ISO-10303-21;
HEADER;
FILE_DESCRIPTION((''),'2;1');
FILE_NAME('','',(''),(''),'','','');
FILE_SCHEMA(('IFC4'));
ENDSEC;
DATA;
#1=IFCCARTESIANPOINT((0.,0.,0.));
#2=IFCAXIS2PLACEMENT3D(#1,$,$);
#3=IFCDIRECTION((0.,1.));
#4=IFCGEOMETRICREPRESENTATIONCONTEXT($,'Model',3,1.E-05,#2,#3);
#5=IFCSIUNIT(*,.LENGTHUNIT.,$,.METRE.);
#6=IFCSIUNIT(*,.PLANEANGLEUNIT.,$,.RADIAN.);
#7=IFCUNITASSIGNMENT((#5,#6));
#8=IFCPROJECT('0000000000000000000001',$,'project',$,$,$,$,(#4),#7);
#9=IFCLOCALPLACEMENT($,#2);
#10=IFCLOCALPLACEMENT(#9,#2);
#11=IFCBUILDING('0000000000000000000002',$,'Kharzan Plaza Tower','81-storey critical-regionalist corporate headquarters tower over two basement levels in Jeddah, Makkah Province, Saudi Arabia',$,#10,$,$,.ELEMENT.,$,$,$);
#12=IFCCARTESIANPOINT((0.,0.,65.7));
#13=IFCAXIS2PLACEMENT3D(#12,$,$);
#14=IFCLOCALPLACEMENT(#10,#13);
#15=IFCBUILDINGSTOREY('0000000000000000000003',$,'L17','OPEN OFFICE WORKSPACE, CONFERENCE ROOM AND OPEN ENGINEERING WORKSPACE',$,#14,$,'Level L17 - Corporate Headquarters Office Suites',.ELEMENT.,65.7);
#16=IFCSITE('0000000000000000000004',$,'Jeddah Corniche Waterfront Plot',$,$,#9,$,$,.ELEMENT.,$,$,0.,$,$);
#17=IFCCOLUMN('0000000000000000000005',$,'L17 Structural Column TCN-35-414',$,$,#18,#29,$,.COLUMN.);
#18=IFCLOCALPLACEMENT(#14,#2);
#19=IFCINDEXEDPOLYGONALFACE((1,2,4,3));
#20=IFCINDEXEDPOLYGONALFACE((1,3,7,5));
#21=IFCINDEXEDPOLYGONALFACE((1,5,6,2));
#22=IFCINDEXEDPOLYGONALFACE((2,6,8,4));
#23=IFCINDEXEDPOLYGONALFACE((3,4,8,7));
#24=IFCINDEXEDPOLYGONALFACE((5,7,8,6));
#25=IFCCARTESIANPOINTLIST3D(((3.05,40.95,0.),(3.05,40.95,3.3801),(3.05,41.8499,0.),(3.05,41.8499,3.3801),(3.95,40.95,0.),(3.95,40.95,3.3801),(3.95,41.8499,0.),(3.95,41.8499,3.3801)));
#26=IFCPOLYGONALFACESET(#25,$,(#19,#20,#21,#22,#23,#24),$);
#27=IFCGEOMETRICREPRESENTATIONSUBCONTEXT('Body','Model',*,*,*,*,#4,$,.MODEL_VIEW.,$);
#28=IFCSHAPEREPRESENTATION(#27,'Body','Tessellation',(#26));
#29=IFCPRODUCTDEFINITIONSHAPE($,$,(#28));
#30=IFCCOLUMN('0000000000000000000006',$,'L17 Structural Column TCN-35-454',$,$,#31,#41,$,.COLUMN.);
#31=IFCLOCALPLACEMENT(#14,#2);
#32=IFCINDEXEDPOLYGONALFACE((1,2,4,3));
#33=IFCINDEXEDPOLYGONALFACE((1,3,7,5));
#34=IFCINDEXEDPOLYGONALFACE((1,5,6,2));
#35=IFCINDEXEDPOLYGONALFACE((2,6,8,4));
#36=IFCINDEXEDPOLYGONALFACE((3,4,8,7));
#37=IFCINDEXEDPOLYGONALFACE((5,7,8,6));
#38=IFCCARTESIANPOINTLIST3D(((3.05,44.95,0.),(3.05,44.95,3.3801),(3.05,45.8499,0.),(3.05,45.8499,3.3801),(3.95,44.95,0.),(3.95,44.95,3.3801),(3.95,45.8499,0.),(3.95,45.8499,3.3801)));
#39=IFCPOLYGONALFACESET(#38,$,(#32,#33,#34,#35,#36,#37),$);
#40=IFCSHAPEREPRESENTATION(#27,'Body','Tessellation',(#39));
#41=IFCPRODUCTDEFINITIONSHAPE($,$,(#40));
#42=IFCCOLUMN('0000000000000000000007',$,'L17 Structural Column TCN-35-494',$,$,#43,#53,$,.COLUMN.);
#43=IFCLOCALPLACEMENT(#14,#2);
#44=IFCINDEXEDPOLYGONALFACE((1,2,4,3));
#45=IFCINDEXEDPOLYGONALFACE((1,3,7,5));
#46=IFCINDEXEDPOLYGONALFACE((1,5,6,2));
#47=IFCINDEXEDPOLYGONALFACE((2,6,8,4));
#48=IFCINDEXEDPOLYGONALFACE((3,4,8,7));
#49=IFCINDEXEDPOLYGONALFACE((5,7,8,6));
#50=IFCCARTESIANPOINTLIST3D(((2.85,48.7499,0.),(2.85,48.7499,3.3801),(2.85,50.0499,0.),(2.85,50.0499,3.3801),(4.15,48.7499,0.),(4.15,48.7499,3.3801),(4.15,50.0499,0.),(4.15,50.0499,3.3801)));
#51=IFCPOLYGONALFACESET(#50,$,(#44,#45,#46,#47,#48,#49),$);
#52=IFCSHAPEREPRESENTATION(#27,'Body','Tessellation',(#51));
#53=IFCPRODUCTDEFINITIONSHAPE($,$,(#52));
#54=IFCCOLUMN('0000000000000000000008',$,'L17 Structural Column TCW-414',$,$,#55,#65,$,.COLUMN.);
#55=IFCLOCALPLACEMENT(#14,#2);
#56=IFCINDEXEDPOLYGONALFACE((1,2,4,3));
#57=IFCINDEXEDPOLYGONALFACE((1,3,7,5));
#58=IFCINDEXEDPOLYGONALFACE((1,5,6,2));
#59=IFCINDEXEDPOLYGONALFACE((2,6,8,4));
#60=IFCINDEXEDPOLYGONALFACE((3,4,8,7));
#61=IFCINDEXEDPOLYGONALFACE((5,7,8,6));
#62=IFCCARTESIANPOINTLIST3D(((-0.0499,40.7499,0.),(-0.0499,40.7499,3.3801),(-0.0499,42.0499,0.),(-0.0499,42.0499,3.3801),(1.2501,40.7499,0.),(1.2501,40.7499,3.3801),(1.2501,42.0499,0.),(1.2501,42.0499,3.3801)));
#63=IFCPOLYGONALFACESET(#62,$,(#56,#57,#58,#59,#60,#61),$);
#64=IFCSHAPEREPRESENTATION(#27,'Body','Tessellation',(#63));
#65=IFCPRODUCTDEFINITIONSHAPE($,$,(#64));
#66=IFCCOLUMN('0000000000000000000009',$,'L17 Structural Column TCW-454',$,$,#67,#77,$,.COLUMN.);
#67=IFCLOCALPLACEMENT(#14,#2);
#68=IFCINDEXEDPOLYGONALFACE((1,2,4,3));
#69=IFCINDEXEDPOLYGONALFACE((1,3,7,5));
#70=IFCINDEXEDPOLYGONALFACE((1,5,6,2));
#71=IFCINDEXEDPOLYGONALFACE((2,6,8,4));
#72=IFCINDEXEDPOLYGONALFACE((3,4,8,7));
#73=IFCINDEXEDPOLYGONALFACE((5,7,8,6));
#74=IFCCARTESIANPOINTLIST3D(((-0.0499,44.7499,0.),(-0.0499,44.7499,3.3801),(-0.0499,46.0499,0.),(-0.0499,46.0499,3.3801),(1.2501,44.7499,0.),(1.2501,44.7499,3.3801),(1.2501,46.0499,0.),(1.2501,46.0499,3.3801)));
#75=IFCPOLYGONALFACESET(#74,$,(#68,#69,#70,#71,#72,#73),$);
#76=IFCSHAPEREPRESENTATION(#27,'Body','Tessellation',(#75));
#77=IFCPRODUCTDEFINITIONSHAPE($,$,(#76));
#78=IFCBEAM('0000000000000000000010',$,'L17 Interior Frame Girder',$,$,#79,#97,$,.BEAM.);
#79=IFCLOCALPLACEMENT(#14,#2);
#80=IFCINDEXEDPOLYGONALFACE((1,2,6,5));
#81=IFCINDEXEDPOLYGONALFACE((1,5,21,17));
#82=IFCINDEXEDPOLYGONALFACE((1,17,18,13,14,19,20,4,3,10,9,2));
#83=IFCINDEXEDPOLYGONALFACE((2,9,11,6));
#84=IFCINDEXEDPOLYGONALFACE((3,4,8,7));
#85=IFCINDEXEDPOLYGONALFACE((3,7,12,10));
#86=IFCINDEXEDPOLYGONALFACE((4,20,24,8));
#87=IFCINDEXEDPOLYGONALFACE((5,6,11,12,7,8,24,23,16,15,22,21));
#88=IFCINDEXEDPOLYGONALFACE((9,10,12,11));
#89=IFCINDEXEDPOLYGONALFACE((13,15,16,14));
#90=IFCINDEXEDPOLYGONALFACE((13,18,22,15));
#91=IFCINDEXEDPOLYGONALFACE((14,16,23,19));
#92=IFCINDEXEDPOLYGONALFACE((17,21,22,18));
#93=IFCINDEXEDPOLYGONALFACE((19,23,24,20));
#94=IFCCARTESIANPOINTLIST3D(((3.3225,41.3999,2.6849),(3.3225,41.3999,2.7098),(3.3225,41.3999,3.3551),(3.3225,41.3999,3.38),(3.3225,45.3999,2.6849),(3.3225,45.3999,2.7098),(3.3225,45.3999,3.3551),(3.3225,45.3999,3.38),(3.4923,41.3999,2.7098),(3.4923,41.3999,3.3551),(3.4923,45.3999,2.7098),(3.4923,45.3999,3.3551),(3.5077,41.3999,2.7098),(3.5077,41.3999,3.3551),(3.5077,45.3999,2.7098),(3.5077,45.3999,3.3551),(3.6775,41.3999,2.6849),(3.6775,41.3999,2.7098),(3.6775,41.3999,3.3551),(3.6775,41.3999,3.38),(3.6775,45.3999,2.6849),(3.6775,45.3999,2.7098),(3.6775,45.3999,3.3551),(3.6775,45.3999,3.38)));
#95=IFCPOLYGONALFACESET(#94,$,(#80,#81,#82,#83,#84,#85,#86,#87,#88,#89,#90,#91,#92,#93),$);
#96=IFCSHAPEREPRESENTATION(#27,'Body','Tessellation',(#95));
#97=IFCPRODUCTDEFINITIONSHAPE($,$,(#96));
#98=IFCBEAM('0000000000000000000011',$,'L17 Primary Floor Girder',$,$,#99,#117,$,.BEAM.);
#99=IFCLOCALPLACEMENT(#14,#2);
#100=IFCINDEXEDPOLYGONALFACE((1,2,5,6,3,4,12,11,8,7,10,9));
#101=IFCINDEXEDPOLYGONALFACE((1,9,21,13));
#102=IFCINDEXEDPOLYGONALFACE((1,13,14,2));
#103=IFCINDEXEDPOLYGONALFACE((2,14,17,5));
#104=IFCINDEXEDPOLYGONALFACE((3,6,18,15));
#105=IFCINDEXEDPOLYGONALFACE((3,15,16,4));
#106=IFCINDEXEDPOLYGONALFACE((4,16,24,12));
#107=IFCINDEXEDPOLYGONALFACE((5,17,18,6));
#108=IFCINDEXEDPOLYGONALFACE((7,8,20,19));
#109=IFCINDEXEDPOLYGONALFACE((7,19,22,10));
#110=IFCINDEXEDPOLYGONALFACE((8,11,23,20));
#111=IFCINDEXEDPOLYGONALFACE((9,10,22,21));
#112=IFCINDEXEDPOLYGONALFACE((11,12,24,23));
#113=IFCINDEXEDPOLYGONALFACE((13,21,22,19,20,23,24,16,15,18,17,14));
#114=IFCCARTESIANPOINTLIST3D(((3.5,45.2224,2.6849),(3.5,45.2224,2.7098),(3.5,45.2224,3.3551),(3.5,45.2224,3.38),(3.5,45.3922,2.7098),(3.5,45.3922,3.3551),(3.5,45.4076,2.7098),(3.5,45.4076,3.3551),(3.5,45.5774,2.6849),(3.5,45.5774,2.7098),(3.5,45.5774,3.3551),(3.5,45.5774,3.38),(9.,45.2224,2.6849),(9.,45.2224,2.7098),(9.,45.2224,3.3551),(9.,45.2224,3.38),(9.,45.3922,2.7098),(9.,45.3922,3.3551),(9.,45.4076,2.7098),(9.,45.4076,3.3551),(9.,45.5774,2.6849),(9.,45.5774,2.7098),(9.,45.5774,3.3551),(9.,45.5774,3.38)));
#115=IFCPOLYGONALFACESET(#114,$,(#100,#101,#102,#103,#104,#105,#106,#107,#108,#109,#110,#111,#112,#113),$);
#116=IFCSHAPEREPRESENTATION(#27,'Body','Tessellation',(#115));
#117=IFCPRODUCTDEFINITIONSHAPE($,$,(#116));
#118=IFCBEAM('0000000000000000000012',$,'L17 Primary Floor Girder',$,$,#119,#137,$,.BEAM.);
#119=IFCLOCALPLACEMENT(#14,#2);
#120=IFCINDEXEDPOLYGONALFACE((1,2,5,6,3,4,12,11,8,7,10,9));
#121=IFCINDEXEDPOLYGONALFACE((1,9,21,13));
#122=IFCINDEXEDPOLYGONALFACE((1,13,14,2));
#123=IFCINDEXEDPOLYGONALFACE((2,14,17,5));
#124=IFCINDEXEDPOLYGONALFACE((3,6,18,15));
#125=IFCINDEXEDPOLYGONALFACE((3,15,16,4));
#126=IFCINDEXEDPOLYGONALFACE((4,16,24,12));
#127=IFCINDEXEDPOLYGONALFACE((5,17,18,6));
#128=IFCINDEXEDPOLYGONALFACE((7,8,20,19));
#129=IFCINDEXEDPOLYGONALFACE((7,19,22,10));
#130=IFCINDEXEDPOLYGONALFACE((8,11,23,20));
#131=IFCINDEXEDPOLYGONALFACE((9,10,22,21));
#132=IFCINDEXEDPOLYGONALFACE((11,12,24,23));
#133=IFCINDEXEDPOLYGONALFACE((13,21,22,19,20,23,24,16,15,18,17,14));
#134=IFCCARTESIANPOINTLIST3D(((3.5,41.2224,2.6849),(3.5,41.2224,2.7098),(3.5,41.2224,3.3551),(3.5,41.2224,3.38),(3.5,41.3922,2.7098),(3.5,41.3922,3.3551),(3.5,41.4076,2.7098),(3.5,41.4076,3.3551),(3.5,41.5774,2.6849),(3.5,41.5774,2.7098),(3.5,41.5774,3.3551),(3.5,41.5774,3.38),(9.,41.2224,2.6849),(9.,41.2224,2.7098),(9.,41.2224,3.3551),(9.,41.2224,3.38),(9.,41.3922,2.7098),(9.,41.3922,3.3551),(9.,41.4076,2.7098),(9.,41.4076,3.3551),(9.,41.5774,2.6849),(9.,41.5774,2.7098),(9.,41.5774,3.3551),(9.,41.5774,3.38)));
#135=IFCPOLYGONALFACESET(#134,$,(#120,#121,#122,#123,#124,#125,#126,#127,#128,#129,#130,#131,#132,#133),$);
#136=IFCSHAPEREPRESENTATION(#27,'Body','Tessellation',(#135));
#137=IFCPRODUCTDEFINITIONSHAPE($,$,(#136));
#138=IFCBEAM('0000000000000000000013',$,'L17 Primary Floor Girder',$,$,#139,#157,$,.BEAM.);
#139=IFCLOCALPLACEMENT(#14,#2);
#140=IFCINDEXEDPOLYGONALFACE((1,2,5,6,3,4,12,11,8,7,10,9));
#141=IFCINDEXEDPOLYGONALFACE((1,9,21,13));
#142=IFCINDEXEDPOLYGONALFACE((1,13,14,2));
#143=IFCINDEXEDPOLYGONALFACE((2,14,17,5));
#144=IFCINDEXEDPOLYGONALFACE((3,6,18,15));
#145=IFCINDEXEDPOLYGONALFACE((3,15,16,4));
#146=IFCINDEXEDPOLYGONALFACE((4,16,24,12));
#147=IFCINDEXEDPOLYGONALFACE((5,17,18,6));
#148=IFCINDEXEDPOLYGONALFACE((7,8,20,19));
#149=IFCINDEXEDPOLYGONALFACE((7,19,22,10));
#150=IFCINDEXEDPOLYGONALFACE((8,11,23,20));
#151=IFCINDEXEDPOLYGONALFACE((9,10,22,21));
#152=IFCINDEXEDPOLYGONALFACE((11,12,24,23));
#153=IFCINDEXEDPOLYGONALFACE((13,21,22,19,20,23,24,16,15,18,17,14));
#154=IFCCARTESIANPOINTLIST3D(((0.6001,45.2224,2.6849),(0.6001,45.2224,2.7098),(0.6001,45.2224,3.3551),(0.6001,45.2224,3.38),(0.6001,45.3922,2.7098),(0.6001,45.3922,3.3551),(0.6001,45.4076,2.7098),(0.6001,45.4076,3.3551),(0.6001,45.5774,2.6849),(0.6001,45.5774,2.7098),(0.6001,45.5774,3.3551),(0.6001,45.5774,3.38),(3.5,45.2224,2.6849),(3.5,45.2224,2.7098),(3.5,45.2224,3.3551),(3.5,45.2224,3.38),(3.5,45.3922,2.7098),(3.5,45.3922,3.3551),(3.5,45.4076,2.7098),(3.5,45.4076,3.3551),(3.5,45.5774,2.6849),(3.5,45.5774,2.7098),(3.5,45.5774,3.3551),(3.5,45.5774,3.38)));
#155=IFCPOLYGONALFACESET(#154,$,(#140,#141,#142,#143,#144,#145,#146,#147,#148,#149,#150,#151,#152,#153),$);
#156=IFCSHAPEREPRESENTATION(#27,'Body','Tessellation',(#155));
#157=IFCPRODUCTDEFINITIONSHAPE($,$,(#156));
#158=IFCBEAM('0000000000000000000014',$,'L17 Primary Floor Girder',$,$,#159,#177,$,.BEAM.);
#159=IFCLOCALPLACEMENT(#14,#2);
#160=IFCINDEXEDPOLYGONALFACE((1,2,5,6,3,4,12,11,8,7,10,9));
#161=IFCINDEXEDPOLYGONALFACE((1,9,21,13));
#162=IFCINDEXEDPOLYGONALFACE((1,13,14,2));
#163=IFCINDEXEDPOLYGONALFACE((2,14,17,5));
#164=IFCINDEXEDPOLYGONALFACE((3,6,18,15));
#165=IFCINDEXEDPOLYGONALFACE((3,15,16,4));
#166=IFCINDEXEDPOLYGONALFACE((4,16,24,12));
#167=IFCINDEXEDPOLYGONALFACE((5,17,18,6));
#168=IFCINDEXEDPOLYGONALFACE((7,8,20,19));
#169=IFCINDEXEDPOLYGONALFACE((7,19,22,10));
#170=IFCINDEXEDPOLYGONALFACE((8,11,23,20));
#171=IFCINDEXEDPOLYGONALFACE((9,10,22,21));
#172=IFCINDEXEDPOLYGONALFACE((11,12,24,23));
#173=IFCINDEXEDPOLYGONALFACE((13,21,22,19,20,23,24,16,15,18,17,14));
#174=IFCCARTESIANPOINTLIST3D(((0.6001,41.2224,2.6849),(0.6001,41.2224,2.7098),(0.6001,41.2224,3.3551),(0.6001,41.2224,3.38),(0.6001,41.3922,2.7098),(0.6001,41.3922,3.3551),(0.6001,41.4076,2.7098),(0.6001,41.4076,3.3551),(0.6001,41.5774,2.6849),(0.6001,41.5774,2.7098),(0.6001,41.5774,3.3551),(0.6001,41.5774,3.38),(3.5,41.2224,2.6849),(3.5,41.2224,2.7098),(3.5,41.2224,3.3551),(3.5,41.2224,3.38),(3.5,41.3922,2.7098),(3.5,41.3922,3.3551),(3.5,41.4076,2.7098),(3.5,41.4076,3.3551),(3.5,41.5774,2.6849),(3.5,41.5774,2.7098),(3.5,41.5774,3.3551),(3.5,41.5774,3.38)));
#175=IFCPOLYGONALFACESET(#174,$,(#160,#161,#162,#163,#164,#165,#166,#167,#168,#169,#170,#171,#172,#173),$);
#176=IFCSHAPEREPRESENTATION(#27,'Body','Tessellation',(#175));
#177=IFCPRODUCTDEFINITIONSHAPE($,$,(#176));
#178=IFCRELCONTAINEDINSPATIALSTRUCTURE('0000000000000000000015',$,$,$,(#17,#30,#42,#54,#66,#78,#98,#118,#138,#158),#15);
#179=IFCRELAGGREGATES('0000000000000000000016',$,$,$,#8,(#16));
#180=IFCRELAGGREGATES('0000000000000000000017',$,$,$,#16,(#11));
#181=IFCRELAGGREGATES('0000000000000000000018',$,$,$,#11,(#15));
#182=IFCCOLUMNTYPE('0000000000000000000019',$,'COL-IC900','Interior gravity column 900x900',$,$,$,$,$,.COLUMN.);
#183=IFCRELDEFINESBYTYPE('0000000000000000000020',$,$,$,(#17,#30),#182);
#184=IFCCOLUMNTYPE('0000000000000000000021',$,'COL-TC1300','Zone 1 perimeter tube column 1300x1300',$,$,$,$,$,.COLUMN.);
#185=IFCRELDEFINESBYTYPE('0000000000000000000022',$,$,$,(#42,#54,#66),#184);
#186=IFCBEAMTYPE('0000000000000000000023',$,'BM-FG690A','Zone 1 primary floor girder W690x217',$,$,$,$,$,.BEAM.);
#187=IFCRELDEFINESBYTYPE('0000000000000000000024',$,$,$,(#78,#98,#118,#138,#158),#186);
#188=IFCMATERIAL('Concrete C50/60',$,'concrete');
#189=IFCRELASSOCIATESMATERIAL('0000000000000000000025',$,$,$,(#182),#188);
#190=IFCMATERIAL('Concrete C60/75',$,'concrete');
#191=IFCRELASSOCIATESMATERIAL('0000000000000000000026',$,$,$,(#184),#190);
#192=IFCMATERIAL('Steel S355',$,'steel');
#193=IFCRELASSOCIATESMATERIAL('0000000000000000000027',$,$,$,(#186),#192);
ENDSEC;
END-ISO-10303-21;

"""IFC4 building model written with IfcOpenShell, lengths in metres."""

from ifc_helpers import new_model, si_unit, direction, frame, origin, origin_2d, place, context, subcontext, project, spatial, rectangle, i_section, extrude, source, transform, mapped, material, material_profile, profile_set, type_object, element, save


model = new_model("IFC4")

# Units and contexts
model_context = context("Model", 3, precision=1e-05, world=origin(), true_north=direction((0.0, 1.0)))
body_context = subcontext(model_context, "Body", "Model", "MODEL_VIEW")
ifc_project = project(units=[si_unit("LENGTHUNIT", "METRE"), si_unit("PLANEANGLEUNIT", "RADIAN")], contexts=[model_context])

# Site, building, storey
site_placement = place(None, origin())
site = spatial("IfcSite", under=ifc_project, at=site_placement, Name="Jeddah Corniche Waterfront Plot", CompositionType="ELEMENT", RefElevation=0.0)
building_placement = place(site_placement, origin())
building = spatial("IfcBuilding", under=site, at=building_placement, Name="Kharzan Plaza Tower", Description="81-storey critical-regionalist corporate headquarters tower over two basement levels in Jeddah, Makkah Province, Saudi Arabia", CompositionType="ELEMENT")
storey_placement = place(building_placement, frame((0.0, 0.0, 65.7)))
storey = spatial("IfcBuildingStorey", under=building, at=storey_placement, Name="L17", Description="OPEN OFFICE WORKSPACE, CONFERENCE ROOM AND OPEN ENGINEERING WORKSPACE", LongName="Level L17 - Corporate Headquarters Office Suites", CompositionType="ELEMENT", Elevation=65.7)

# Columns
ifc_material_1 = material(Name="Concrete C50/60", Category="concrete")
ifc_material_profile_1 = material_profile(ifc_material_1, rectangle(XDim=0.8999, YDim=0.8999, at=origin_2d()), Name="RC-IC900x900")
ifc_profile_set_1 = profile_set([ifc_material_profile_1], Name="Concrete C50/60")
column_type_1 = type_object("IfcColumnType", Name="COL-IC900", Description="Interior gravity column 900x900", PredefinedType="COLUMN", material=ifc_profile_set_1)
shared_shape_1 = source(origin(), body_context, "Body", "SweptSolid", [
    extrude(rectangle(XDim=0.8999, YDim=0.8999, at=origin_2d()), origin(), (0.0, 0.0, 1.0), 3.3801),
])
for number, where, z_axis, x_axis, name in (
    (1, (3.5, 41.3999, 0.0), (0.0, 0.0, 1.0), (1.0, 0.0, 0.0), "L17 Structural Column TCN-35-414"),
    (2, (3.5, 45.3999, 0.0), (0.0, 0.0, 1.0), (1.0, 0.0, 0.0), "L17 Structural Column TCN-35-454"),
):
    element("IfcColumn", number, at=place(storey_placement, frame(where, z_axis=z_axis, x_axis=x_axis)), inside=storey, type_object=column_type_1, Name=name, PredefinedType="COLUMN", context=body_context, shape_type="MappedRepresentation", body=[
        mapped(shared_shape_1, transform((0.0, 0.0, 0.0), x_axis=(1.0, 0.0, 0.0), y_axis=(0.0, 1.0, 0.0), z_axis=(0.0, 0.0, 1.0))),
    ])
ifc_material_2 = material(Name="Concrete C60/75", Category="concrete")
ifc_material_profile_2 = material_profile(ifc_material_2, rectangle(XDim=1.3, YDim=1.3, at=origin_2d()), Name="RC-TC1300x1300")
ifc_profile_set_2 = profile_set([ifc_material_profile_2], Name="Concrete C60/75")
column_type_2 = type_object("IfcColumnType", Name="COL-TC1300", Description="Zone 1 perimeter tube column 1300x1300", PredefinedType="COLUMN", material=ifc_profile_set_2)
shared_shape_2 = source(origin(), body_context, "Body", "SweptSolid", [
    extrude(rectangle(XDim=1.3, YDim=1.3, at=origin_2d()), origin(), (0.0, 0.0, 1.0), 3.3801),
])
for number, where, z_axis, x_axis, name in (
    (3, (3.5, 49.3999, 0.0), (0.0, 0.0, 1.0), (1.0, 0.0, 0.0), "L17 Structural Column TCN-35-494"),
    (4, (0.6001, 41.3999, 0.0), (0.0, 0.0, 1.0), (1.0, 0.0, 0.0), "L17 Structural Column TCW-414"),
    (5, (0.6001, 45.3999, 0.0), (0.0, 0.0, 1.0), (1.0, 0.0, 0.0), "L17 Structural Column TCW-454"),
):
    element("IfcColumn", number, at=place(storey_placement, frame(where, z_axis=z_axis, x_axis=x_axis)), inside=storey, type_object=column_type_2, Name=name, PredefinedType="COLUMN", context=body_context, shape_type="MappedRepresentation", body=[
        mapped(shared_shape_2, transform((0.0, 0.0, 0.0), x_axis=(1.0, 0.0, 0.0), y_axis=(0.0, 1.0, 0.0), z_axis=(0.0, 0.0, 1.0))),
    ])

# Beams
ifc_material_3 = material(Name="Steel S355", Category="steel")
ifc_material_profile_3 = material_profile(ifc_material_3, i_section(OverallWidth=0.355, OverallDepth=0.6951, WebThickness=0.0154, FlangeThickness=0.0249, at=origin_2d()), Name="W690x217")
ifc_profile_set_3 = profile_set([ifc_material_profile_3], Name="Steel S355")
beam_type_1 = type_object("IfcBeamType", Name="BM-FG690A", Description="Zone 1 primary floor girder W690x217", PredefinedType="BEAM", material=ifc_profile_set_3)
shared_shape_3 = source(origin(), body_context, "Body", "SweptSolid", [
    extrude(i_section(OverallWidth=0.355, OverallDepth=0.6951, WebThickness=0.0154, FlangeThickness=0.0249, at=origin_2d()), origin(), (0.0, 0.0, 1.0), 4.0),
])
beam_1_placement = place(storey_placement, frame((3.5, 41.3999, 3.0325), z_axis=(0.0, 1.0, 0.0), x_axis=(-1.0, 0.0, 0.0)))
element("IfcBeam", 6, at=beam_1_placement, inside=storey, type_object=beam_type_1, Name="L17 Interior Frame Girder", PredefinedType="BEAM", context=body_context, shape_type="MappedRepresentation", body=[
    mapped(shared_shape_3, transform((0.0, 0.0, 0.0), x_axis=(1.0, 0.0, 0.0), y_axis=(0.0, 1.0, 0.0), z_axis=(0.0, 0.0, 1.0))),
])
shared_shape_4 = source(origin(), body_context, "Body", "SweptSolid", [
    extrude(i_section(OverallWidth=0.355, OverallDepth=0.6951, WebThickness=0.0154, FlangeThickness=0.0249, at=origin_2d()), origin(), (0.0, 0.0, 1.0), 5.5),
])
for number, where, z_axis, x_axis, name in (
    (7, (3.5, 45.3999, 3.0325), (1.0, 0.0, 0.0), (0.0, 1.0, 0.0), "L17 Primary Floor Girder"),
    (8, (3.5, 41.3999, 3.0325), (1.0, 0.0, 0.0), (0.0, 1.0, 0.0), "L17 Primary Floor Girder"),
):
    element("IfcBeam", number, at=place(storey_placement, frame(where, z_axis=z_axis, x_axis=x_axis)), inside=storey, type_object=beam_type_1, Name=name, PredefinedType="BEAM", context=body_context, shape_type="MappedRepresentation", body=[
        mapped(shared_shape_4, transform((0.0, 0.0, 0.0), x_axis=(1.0, 0.0, 0.0), y_axis=(0.0, 1.0, 0.0), z_axis=(0.0, 0.0, 1.0))),
    ])
shared_shape_5 = source(origin(), body_context, "Body", "SweptSolid", [
    extrude(i_section(OverallWidth=0.355, OverallDepth=0.6951, WebThickness=0.0154, FlangeThickness=0.0249, at=origin_2d()), origin(), (0.0, 0.0, 1.0), 2.8999),
])
for number, where, z_axis, x_axis, name in (
    (9, (0.6001, 45.3999, 3.0325), (1.0, 0.0, 0.0), (0.0, 1.0, 0.0), "L17 Primary Floor Girder"),
    (10, (0.6001, 41.3999, 3.0325), (1.0, 0.0, 0.0), (0.0, 1.0, 0.0), "L17 Primary Floor Girder"),
):
    element("IfcBeam", number, at=place(storey_placement, frame(where, z_axis=z_axis, x_axis=x_axis)), inside=storey, type_object=beam_type_1, Name=name, PredefinedType="BEAM", context=body_context, shape_type="MappedRepresentation", body=[
        mapped(shared_shape_5, transform((0.0, 0.0, 0.0), x_axis=(1.0, 0.0, 0.0), y_axis=(0.0, 1.0, 0.0), z_axis=(0.0, 0.0, 1.0))),
    ])

save(model, "model.ifc")
